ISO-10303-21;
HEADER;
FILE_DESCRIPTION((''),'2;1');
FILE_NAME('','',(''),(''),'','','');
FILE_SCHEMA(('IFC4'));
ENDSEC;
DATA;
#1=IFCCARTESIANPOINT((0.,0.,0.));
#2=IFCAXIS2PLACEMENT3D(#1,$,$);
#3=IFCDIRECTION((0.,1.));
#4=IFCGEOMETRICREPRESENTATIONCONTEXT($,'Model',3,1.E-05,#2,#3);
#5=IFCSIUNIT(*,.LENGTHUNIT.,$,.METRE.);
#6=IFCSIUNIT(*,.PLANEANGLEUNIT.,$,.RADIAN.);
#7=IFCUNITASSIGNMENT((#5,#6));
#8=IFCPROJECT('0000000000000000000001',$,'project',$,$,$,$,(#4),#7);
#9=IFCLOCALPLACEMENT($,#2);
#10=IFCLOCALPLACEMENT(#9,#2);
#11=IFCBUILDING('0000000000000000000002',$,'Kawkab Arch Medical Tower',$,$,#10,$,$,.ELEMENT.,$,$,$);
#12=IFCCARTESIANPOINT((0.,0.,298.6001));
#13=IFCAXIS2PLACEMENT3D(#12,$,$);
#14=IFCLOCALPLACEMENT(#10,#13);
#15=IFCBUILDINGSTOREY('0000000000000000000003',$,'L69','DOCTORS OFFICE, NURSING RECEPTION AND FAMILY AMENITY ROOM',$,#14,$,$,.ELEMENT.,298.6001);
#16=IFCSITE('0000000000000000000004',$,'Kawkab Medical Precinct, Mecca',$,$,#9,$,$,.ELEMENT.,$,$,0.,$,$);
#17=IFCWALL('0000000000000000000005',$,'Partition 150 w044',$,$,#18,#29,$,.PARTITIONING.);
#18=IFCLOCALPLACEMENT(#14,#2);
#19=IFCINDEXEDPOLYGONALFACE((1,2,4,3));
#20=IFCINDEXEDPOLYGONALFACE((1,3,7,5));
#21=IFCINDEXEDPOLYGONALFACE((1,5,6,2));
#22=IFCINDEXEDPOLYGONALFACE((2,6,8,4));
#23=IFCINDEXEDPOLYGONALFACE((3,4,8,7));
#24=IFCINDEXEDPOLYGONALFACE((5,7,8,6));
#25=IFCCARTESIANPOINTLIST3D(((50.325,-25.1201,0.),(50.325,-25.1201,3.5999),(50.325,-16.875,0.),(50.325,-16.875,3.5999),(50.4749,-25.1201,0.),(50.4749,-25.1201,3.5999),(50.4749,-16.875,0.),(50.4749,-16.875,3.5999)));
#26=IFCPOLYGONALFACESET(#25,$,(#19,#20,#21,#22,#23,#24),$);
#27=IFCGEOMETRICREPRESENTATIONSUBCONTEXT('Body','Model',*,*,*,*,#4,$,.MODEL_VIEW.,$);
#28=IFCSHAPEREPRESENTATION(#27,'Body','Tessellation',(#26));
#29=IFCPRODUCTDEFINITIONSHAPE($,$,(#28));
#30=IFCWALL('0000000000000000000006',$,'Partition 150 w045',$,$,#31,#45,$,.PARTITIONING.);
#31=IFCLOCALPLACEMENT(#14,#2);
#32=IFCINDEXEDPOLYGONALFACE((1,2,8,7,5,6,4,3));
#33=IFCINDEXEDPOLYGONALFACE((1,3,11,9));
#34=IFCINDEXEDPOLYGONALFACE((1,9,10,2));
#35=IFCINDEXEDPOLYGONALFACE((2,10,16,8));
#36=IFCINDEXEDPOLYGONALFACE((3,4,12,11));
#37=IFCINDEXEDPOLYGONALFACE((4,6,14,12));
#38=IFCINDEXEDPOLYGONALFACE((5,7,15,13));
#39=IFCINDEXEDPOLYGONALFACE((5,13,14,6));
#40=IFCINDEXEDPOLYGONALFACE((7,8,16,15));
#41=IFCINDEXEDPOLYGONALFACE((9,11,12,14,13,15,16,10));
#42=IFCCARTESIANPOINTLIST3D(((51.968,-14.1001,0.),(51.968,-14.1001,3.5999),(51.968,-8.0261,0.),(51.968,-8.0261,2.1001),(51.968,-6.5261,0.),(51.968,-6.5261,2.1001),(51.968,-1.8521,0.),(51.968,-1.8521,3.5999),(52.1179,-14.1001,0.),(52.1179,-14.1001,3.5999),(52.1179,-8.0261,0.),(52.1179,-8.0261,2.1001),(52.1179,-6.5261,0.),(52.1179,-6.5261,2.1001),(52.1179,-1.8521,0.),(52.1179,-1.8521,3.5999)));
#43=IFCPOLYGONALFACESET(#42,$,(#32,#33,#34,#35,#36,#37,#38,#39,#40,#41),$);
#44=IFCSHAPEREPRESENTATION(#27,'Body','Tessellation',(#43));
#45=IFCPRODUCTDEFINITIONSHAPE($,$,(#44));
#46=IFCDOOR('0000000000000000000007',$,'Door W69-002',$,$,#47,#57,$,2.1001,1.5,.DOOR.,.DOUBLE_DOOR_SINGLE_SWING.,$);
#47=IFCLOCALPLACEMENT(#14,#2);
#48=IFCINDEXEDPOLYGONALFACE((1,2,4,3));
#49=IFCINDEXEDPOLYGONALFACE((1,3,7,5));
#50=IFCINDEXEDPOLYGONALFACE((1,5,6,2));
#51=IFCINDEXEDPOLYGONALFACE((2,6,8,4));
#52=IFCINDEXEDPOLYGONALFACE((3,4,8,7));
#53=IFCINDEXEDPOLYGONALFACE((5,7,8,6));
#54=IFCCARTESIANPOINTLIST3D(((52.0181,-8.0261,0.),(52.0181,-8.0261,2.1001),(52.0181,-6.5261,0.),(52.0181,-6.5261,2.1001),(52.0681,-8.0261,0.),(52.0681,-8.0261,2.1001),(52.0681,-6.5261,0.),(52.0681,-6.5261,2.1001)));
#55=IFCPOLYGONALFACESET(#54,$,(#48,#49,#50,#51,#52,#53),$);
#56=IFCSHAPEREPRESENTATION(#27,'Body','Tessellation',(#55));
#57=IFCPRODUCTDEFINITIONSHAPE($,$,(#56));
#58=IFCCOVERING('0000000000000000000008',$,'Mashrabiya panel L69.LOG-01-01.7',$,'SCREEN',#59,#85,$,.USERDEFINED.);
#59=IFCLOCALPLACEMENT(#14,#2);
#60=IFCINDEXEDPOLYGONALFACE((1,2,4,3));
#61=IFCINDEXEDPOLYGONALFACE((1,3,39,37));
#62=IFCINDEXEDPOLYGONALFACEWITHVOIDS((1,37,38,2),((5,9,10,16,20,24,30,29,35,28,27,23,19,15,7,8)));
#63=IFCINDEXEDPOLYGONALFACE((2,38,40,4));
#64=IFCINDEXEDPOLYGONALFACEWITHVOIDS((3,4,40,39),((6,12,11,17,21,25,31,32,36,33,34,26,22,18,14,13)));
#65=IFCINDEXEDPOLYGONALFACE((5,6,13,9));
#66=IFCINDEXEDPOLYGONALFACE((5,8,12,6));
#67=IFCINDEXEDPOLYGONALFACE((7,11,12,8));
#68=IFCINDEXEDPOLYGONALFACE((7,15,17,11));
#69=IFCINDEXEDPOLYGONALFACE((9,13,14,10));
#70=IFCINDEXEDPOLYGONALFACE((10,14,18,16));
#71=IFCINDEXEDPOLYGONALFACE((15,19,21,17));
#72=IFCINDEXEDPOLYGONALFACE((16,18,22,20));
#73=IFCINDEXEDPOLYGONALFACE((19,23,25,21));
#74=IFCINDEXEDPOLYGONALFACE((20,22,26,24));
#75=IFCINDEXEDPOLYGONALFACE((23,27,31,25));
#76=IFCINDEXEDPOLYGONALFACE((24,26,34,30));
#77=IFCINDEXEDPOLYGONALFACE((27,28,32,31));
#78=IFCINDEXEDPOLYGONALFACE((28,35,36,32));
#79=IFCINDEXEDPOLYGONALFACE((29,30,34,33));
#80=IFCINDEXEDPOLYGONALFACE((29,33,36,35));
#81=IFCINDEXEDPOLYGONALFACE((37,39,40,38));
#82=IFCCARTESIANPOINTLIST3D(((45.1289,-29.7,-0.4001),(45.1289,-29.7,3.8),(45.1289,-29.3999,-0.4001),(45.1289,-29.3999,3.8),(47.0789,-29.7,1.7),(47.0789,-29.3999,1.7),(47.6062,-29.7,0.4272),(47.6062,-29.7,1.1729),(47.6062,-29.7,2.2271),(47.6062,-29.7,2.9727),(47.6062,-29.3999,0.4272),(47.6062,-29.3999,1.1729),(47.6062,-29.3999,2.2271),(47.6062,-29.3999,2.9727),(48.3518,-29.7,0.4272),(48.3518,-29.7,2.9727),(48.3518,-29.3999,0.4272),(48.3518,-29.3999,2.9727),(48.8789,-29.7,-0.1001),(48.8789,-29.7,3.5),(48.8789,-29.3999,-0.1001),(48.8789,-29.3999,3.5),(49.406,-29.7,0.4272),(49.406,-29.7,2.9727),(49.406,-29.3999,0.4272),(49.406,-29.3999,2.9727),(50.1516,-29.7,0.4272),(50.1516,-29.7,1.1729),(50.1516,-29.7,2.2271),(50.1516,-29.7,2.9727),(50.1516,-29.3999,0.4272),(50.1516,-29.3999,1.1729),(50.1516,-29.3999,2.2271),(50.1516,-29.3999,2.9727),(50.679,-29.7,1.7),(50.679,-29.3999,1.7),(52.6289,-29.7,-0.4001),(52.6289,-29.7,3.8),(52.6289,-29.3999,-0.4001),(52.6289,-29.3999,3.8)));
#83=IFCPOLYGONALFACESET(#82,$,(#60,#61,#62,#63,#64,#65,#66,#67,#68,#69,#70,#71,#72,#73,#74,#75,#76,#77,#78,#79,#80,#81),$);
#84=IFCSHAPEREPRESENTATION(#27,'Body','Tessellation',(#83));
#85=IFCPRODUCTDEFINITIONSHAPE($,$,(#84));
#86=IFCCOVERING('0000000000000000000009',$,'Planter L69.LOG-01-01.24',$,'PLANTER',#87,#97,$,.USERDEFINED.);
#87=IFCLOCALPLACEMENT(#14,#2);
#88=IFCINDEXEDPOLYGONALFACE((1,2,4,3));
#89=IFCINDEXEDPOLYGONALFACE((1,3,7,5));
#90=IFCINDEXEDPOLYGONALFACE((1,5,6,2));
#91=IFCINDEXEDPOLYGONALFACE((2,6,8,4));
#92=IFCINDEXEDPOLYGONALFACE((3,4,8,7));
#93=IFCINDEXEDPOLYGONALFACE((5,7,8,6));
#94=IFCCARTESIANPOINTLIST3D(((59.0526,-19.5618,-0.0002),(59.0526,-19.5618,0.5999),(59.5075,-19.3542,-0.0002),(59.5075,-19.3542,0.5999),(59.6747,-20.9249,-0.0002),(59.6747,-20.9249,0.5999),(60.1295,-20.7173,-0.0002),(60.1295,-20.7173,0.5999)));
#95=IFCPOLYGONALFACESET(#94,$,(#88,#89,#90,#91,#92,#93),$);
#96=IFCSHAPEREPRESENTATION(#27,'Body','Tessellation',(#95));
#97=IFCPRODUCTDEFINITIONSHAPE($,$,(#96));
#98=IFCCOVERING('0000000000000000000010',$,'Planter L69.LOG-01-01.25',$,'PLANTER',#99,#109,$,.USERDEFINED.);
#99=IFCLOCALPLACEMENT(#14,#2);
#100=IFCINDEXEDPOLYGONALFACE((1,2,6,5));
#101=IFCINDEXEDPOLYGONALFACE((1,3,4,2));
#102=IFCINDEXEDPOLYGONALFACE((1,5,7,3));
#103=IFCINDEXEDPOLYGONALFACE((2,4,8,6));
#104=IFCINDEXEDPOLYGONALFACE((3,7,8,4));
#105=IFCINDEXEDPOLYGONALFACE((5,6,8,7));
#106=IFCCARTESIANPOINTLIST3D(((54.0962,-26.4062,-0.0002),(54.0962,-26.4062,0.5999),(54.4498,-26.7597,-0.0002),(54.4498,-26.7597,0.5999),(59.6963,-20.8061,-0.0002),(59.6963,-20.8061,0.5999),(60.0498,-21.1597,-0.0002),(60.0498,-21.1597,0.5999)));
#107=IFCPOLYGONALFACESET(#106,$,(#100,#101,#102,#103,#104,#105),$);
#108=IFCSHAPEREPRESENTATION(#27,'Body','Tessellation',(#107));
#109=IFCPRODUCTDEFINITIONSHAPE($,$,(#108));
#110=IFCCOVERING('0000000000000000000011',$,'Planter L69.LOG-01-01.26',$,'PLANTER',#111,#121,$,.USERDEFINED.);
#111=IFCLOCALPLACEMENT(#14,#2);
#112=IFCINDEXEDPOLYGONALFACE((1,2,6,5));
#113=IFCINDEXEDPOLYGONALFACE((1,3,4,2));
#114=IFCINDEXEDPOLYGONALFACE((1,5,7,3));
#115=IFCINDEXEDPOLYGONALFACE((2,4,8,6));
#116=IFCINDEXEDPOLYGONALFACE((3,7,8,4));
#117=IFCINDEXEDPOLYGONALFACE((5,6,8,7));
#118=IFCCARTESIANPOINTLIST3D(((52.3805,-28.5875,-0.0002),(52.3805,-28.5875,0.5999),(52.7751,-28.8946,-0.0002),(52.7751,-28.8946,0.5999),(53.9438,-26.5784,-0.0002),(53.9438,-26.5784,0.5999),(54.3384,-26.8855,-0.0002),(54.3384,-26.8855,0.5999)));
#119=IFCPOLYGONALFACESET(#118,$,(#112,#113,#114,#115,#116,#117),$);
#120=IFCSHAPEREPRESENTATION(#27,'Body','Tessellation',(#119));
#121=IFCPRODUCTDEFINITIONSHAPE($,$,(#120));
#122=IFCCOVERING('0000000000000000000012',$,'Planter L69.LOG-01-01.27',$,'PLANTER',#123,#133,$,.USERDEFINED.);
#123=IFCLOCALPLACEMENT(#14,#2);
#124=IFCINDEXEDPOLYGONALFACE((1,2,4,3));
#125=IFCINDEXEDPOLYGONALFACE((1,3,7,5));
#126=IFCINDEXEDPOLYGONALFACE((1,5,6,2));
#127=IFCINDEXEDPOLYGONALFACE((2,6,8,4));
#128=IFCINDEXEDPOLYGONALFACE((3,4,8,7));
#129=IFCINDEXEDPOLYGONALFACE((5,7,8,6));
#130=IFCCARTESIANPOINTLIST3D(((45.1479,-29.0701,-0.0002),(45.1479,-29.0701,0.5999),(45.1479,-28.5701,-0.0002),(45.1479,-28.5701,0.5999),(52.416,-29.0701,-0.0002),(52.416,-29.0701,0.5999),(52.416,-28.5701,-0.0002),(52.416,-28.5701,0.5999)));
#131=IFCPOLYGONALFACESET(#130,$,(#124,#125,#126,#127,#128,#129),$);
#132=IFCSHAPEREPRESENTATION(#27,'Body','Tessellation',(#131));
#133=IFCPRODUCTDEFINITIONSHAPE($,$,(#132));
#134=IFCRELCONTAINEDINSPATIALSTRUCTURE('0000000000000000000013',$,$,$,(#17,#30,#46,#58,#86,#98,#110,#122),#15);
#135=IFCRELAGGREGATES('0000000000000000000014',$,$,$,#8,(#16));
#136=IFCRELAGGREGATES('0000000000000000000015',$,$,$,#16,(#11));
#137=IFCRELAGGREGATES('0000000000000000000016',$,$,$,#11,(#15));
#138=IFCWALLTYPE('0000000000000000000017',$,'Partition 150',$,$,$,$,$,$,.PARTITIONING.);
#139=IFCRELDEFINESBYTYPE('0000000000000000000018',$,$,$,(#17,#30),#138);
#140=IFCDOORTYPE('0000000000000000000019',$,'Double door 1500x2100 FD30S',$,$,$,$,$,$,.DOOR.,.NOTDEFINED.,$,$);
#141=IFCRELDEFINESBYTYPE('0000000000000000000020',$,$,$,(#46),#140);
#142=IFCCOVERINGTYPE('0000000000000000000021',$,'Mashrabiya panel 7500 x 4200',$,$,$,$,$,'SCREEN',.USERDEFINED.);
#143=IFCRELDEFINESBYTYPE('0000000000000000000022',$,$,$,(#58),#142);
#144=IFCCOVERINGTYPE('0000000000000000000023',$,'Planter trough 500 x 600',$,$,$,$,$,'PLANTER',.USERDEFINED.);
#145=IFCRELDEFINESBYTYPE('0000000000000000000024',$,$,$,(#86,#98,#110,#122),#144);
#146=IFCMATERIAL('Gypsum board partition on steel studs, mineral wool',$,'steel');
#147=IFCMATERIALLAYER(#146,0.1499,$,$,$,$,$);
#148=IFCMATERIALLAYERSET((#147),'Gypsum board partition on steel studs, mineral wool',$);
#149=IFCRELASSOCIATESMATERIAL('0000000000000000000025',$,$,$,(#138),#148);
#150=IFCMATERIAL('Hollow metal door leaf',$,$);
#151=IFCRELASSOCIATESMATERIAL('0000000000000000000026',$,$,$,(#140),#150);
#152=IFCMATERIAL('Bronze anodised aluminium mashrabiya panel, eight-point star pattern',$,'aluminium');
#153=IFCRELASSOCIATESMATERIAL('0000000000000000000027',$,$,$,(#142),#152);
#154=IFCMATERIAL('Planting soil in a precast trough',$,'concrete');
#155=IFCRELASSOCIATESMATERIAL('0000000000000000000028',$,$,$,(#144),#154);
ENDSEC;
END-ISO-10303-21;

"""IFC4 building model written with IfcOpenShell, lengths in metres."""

from ifc_helpers import new_model, si_unit, direction, frame, frame_2d, origin, origin_2d, place, context, subcontext, project, spatial, polyline, rectangle, outline, extrude, material, layer, layer_set, material_profile, profile_set, type_object, element, fill, save


model = new_model("IFC4")

# Units and contexts
model_context = context("Model", 3, precision=1e-05, world=origin(), true_north=direction((0.0, 1.0)))
body_context = subcontext(model_context, "Body", "Model", "MODEL_VIEW")
ifc_project = project(units=[si_unit("LENGTHUNIT", "METRE"), si_unit("PLANEANGLEUNIT", "RADIAN")], contexts=[model_context])

# Site, building, storey
site_placement = place(None, origin())
site = spatial("IfcSite", under=ifc_project, at=site_placement, Name="Kawkab Medical Precinct, Mecca", CompositionType="ELEMENT", RefElevation=0.0)
building_placement = place(site_placement, origin())
building = spatial("IfcBuilding", under=site, at=building_placement, Name="Kawkab Arch Medical Tower", CompositionType="ELEMENT")
storey_placement = place(building_placement, frame((0.0, 0.0, 298.6001)))
storey = spatial("IfcBuildingStorey", under=building, at=storey_placement, Name="L69", Description="DOCTORS OFFICE, NURSING RECEPTION AND FAMILY AMENITY ROOM", CompositionType="ELEMENT", Elevation=298.6001)

# Wall
ifc_material_1 = material(Name="Gypsum board partition on steel studs, mineral wool", Category="steel")
ifc_layer_1 = layer(ifc_material_1, 0.1499)
ifc_layer_set_1 = layer_set([ifc_layer_1], Name="Gypsum board partition on steel studs, mineral wool")
wall_type = type_object("IfcWallType", Name="Partition 150", PredefinedType="PARTITIONING", material=ifc_layer_set_1)
wall_1_placement = place(storey_placement, frame((50.3999, -25.1201, 0.0), z_axis=(0.0, 0.0, 1.0), x_axis=(0.0, 1.0, 0.0)))
element("IfcWall", 1, at=wall_1_placement, inside=storey, type_object=wall_type, Name="Partition 150 w044", PredefinedType="PARTITIONING", context=body_context, shape_type="SweptSolid", body=[
    extrude(rectangle(XDim=8.2451, YDim=0.1499, at=frame_2d((4.1226, 0.0))), origin(), (0.0, 0.0, 1.0), 3.5999),
])

# Wall, opening, door
wall_2_placement = place(storey_placement, frame((52.043, -14.1001, 0.0), z_axis=(0.0, 0.0, 1.0), x_axis=(0.0, 1.0, 0.0)))
wall_2 = element("IfcWall", 2, at=wall_2_placement, inside=storey, type_object=wall_type, Name="Partition 150 w045", PredefinedType="PARTITIONING", context=body_context, shape_type="SweptSolid", body=[
    extrude(rectangle(XDim=12.248, YDim=0.1499, at=frame_2d((6.124, 0.0))), origin(), (0.0, 0.0, 1.0), 3.5999),
])
opening_placement = place(wall_2_placement, frame((6.074, 0.0, 0.0)))
opening = element("IfcOpeningElement", 3, at=opening_placement, cuts=wall_2, PredefinedType="OPENING", context=body_context, shape_type="SweptSolid", body=[
    extrude(rectangle(XDim=1.5, YDim=2.1001, at=frame_2d((0.75, 1.05))), frame((0.0, 0.085, 0.0), z_axis=(0.0, -1.0, 0.0), x_axis=(1.0, 0.0, 0.0)), (0.0, 0.0, 1.0), 0.1699),
])
ifc_material_2 = material(Name="Hollow metal door leaf")
door_type = type_object("IfcDoorType", Name="Double door 1500x2100 FD30S", OperationType="NOTDEFINED", PredefinedType="DOOR", material=ifc_material_2)
door_placement = place(opening_placement, origin())
door = element("IfcDoor", 4, at=door_placement, inside=storey, type_object=door_type, Name="Door W69-002", OperationType="DOUBLE_DOOR_SINGLE_SWING", OverallHeight=2.1001, OverallWidth=1.5, PredefinedType="DOOR", context=body_context, shape_type="SweptSolid", body=[
    extrude(rectangle(XDim=1.5, YDim=2.1001, at=frame_2d((0.75, 1.05))), frame((0.0, 0.0249, 0.0), z_axis=(0.0, -1.0, 0.0), x_axis=(1.0, 0.0, 0.0)), (0.0, 0.0, 1.0), 0.05),
])
fill(opening, door)

# Coverings
ifc_material_3 = material(Name="Bronze anodised aluminium mashrabiya panel, eight-point star pattern", Category="aluminium")
ifc_material_profile_1 = material_profile(ifc_material_3, outline(polyline([(-3.75, -2.1001), (3.75, -2.1001), (3.75, 2.1001), (-3.75, 2.1001), (-3.75, -2.1001)]), holes=[polyline([(1.8, 0.0), (1.2727, 0.5271), (1.2727, 1.2727), (0.5271, 1.2727), (0.0, 1.8), (-0.5271, 1.2727), (-1.2727, 1.2727), (-1.2727, 0.5271), (-1.8, 0.0), (-1.2727, -0.5271), (-1.2727, -1.2727), (-0.5271, -1.2727), (0.0, -1.8), (0.5271, -1.2727), (1.2727, -1.2727), (1.2727, -0.5271), (1.8, 0.0)])]), Name="Mashrabiya panel 7500x4200")
ifc_profile_set_1 = profile_set([ifc_material_profile_1], Name="Bronze anodised aluminium mashrabiya panel, eight-point star pattern")
covering_type_1 = type_object("IfcCoveringType", Name="Mashrabiya panel 7500 x 4200", ElementType="SCREEN", PredefinedType="USERDEFINED", material=ifc_profile_set_1)
covering_1_placement = place(storey_placement, frame((48.8789, -29.3999, 1.7), z_axis=(0.0, -1.0, 0.0), x_axis=(1.0, 0.0, 0.0)))
element("IfcCovering", 5, at=covering_1_placement, inside=storey, type_object=covering_type_1, Name="Mashrabiya panel L69.LOG-01-01.7", ObjectType="SCREEN", PredefinedType="USERDEFINED", context=body_context, shape_type="SweptSolid", body=[
    extrude(outline(polyline([(-3.75, -2.1001), (3.75, -2.1001), (3.75, 2.1001), (-3.75, 2.1001), (-3.75, -2.1001)]), holes=[polyline([(1.8, 0.0), (1.2727, 0.5271), (1.2727, 1.2727), (0.5271, 1.2727), (0.0, 1.8), (-0.5271, 1.2727), (-1.2727, 1.2727), (-1.2727, 0.5271), (-1.8, 0.0), (-1.2727, -0.5271), (-1.2727, -1.2727), (-0.5271, -1.2727), (0.0, -1.8), (0.5271, -1.2727), (1.2727, -1.2727), (1.2727, -0.5271), (1.8, 0.0)])]), origin(), (0.0, 0.0, 1.0), 0.3),
])
ifc_material_4 = material(Name="Planting soil in a precast trough", Category="concrete")
ifc_material_profile_2 = material_profile(ifc_material_4, rectangle(XDim=0.5, YDim=0.6001, at=origin_2d()), Name="Trough 500x600")
ifc_profile_set_2 = profile_set([ifc_material_profile_2], Name="Planting soil in a precast trough")
covering_type_2 = type_object("IfcCoveringType", Name="Planter trough 500 x 600", ElementType="PLANTER", PredefinedType="USERDEFINED", material=ifc_profile_set_2)
covering_2_placement = place(storey_placement, frame((59.28, -19.458, 0.2998), z_axis=(0.41519, -0.909735, 0.0), x_axis=(0.909735, 0.41519, 0.0)))
element("IfcCovering", 6, at=covering_2_placement, inside=storey, type_object=covering_type_2, Name="Planter L69.LOG-01-01.24", ObjectType="PLANTER", PredefinedType="USERDEFINED", context=body_context, shape_type="SweptSolid", body=[
    extrude(rectangle(XDim=0.5, YDim=0.6001, at=origin_2d()), origin(), (0.0, 0.0, 1.0), 1.4983),
])
covering_3_placement = place(storey_placement, frame((59.873, -20.9829, 0.2998), z_axis=(-0.707107, -0.707107, 0.0), x_axis=(0.707107, -0.707107, 0.0)))
element("IfcCovering", 7, at=covering_3_placement, inside=storey, type_object=covering_type_2, Name="Planter L69.LOG-01-01.25", ObjectType="PLANTER", PredefinedType="USERDEFINED", context=body_context, shape_type="SweptSolid", body=[
    extrude(rectangle(XDim=0.5, YDim=0.6001, at=origin_2d()), origin(), (0.0, 0.0, 1.0), 7.9197),
])
covering_4_placement = place(storey_placement, frame((54.1411, -26.7319, 0.2998), z_axis=(-0.6141, -0.789228, 0.0), x_axis=(0.789228, -0.6141, 0.0)))
element("IfcCovering", 8, at=covering_4_placement, inside=storey, type_object=covering_type_2, Name="Planter L69.LOG-01-01.26", ObjectType="PLANTER", PredefinedType="USERDEFINED", context=body_context, shape_type="SweptSolid", body=[
    extrude(rectangle(XDim=0.5, YDim=0.6001, at=origin_2d()), origin(), (0.0, 0.0, 1.0), 2.5457),
])
covering_5_placement = place(storey_placement, frame((52.416, -28.8201, 0.2998), z_axis=(-1.0, 0.0, 0.0), x_axis=(0.0, -1.0, 0.0)))
element("IfcCovering", 9, at=covering_5_placement, inside=storey, type_object=covering_type_2, Name="Planter L69.LOG-01-01.27", ObjectType="PLANTER", PredefinedType="USERDEFINED", context=body_context, shape_type="SweptSolid", body=[
    extrude(rectangle(XDim=0.5, YDim=0.6001, at=origin_2d()), origin(), (0.0, 0.0, 1.0), 7.2681),
])

save(model, "model.ifc")
